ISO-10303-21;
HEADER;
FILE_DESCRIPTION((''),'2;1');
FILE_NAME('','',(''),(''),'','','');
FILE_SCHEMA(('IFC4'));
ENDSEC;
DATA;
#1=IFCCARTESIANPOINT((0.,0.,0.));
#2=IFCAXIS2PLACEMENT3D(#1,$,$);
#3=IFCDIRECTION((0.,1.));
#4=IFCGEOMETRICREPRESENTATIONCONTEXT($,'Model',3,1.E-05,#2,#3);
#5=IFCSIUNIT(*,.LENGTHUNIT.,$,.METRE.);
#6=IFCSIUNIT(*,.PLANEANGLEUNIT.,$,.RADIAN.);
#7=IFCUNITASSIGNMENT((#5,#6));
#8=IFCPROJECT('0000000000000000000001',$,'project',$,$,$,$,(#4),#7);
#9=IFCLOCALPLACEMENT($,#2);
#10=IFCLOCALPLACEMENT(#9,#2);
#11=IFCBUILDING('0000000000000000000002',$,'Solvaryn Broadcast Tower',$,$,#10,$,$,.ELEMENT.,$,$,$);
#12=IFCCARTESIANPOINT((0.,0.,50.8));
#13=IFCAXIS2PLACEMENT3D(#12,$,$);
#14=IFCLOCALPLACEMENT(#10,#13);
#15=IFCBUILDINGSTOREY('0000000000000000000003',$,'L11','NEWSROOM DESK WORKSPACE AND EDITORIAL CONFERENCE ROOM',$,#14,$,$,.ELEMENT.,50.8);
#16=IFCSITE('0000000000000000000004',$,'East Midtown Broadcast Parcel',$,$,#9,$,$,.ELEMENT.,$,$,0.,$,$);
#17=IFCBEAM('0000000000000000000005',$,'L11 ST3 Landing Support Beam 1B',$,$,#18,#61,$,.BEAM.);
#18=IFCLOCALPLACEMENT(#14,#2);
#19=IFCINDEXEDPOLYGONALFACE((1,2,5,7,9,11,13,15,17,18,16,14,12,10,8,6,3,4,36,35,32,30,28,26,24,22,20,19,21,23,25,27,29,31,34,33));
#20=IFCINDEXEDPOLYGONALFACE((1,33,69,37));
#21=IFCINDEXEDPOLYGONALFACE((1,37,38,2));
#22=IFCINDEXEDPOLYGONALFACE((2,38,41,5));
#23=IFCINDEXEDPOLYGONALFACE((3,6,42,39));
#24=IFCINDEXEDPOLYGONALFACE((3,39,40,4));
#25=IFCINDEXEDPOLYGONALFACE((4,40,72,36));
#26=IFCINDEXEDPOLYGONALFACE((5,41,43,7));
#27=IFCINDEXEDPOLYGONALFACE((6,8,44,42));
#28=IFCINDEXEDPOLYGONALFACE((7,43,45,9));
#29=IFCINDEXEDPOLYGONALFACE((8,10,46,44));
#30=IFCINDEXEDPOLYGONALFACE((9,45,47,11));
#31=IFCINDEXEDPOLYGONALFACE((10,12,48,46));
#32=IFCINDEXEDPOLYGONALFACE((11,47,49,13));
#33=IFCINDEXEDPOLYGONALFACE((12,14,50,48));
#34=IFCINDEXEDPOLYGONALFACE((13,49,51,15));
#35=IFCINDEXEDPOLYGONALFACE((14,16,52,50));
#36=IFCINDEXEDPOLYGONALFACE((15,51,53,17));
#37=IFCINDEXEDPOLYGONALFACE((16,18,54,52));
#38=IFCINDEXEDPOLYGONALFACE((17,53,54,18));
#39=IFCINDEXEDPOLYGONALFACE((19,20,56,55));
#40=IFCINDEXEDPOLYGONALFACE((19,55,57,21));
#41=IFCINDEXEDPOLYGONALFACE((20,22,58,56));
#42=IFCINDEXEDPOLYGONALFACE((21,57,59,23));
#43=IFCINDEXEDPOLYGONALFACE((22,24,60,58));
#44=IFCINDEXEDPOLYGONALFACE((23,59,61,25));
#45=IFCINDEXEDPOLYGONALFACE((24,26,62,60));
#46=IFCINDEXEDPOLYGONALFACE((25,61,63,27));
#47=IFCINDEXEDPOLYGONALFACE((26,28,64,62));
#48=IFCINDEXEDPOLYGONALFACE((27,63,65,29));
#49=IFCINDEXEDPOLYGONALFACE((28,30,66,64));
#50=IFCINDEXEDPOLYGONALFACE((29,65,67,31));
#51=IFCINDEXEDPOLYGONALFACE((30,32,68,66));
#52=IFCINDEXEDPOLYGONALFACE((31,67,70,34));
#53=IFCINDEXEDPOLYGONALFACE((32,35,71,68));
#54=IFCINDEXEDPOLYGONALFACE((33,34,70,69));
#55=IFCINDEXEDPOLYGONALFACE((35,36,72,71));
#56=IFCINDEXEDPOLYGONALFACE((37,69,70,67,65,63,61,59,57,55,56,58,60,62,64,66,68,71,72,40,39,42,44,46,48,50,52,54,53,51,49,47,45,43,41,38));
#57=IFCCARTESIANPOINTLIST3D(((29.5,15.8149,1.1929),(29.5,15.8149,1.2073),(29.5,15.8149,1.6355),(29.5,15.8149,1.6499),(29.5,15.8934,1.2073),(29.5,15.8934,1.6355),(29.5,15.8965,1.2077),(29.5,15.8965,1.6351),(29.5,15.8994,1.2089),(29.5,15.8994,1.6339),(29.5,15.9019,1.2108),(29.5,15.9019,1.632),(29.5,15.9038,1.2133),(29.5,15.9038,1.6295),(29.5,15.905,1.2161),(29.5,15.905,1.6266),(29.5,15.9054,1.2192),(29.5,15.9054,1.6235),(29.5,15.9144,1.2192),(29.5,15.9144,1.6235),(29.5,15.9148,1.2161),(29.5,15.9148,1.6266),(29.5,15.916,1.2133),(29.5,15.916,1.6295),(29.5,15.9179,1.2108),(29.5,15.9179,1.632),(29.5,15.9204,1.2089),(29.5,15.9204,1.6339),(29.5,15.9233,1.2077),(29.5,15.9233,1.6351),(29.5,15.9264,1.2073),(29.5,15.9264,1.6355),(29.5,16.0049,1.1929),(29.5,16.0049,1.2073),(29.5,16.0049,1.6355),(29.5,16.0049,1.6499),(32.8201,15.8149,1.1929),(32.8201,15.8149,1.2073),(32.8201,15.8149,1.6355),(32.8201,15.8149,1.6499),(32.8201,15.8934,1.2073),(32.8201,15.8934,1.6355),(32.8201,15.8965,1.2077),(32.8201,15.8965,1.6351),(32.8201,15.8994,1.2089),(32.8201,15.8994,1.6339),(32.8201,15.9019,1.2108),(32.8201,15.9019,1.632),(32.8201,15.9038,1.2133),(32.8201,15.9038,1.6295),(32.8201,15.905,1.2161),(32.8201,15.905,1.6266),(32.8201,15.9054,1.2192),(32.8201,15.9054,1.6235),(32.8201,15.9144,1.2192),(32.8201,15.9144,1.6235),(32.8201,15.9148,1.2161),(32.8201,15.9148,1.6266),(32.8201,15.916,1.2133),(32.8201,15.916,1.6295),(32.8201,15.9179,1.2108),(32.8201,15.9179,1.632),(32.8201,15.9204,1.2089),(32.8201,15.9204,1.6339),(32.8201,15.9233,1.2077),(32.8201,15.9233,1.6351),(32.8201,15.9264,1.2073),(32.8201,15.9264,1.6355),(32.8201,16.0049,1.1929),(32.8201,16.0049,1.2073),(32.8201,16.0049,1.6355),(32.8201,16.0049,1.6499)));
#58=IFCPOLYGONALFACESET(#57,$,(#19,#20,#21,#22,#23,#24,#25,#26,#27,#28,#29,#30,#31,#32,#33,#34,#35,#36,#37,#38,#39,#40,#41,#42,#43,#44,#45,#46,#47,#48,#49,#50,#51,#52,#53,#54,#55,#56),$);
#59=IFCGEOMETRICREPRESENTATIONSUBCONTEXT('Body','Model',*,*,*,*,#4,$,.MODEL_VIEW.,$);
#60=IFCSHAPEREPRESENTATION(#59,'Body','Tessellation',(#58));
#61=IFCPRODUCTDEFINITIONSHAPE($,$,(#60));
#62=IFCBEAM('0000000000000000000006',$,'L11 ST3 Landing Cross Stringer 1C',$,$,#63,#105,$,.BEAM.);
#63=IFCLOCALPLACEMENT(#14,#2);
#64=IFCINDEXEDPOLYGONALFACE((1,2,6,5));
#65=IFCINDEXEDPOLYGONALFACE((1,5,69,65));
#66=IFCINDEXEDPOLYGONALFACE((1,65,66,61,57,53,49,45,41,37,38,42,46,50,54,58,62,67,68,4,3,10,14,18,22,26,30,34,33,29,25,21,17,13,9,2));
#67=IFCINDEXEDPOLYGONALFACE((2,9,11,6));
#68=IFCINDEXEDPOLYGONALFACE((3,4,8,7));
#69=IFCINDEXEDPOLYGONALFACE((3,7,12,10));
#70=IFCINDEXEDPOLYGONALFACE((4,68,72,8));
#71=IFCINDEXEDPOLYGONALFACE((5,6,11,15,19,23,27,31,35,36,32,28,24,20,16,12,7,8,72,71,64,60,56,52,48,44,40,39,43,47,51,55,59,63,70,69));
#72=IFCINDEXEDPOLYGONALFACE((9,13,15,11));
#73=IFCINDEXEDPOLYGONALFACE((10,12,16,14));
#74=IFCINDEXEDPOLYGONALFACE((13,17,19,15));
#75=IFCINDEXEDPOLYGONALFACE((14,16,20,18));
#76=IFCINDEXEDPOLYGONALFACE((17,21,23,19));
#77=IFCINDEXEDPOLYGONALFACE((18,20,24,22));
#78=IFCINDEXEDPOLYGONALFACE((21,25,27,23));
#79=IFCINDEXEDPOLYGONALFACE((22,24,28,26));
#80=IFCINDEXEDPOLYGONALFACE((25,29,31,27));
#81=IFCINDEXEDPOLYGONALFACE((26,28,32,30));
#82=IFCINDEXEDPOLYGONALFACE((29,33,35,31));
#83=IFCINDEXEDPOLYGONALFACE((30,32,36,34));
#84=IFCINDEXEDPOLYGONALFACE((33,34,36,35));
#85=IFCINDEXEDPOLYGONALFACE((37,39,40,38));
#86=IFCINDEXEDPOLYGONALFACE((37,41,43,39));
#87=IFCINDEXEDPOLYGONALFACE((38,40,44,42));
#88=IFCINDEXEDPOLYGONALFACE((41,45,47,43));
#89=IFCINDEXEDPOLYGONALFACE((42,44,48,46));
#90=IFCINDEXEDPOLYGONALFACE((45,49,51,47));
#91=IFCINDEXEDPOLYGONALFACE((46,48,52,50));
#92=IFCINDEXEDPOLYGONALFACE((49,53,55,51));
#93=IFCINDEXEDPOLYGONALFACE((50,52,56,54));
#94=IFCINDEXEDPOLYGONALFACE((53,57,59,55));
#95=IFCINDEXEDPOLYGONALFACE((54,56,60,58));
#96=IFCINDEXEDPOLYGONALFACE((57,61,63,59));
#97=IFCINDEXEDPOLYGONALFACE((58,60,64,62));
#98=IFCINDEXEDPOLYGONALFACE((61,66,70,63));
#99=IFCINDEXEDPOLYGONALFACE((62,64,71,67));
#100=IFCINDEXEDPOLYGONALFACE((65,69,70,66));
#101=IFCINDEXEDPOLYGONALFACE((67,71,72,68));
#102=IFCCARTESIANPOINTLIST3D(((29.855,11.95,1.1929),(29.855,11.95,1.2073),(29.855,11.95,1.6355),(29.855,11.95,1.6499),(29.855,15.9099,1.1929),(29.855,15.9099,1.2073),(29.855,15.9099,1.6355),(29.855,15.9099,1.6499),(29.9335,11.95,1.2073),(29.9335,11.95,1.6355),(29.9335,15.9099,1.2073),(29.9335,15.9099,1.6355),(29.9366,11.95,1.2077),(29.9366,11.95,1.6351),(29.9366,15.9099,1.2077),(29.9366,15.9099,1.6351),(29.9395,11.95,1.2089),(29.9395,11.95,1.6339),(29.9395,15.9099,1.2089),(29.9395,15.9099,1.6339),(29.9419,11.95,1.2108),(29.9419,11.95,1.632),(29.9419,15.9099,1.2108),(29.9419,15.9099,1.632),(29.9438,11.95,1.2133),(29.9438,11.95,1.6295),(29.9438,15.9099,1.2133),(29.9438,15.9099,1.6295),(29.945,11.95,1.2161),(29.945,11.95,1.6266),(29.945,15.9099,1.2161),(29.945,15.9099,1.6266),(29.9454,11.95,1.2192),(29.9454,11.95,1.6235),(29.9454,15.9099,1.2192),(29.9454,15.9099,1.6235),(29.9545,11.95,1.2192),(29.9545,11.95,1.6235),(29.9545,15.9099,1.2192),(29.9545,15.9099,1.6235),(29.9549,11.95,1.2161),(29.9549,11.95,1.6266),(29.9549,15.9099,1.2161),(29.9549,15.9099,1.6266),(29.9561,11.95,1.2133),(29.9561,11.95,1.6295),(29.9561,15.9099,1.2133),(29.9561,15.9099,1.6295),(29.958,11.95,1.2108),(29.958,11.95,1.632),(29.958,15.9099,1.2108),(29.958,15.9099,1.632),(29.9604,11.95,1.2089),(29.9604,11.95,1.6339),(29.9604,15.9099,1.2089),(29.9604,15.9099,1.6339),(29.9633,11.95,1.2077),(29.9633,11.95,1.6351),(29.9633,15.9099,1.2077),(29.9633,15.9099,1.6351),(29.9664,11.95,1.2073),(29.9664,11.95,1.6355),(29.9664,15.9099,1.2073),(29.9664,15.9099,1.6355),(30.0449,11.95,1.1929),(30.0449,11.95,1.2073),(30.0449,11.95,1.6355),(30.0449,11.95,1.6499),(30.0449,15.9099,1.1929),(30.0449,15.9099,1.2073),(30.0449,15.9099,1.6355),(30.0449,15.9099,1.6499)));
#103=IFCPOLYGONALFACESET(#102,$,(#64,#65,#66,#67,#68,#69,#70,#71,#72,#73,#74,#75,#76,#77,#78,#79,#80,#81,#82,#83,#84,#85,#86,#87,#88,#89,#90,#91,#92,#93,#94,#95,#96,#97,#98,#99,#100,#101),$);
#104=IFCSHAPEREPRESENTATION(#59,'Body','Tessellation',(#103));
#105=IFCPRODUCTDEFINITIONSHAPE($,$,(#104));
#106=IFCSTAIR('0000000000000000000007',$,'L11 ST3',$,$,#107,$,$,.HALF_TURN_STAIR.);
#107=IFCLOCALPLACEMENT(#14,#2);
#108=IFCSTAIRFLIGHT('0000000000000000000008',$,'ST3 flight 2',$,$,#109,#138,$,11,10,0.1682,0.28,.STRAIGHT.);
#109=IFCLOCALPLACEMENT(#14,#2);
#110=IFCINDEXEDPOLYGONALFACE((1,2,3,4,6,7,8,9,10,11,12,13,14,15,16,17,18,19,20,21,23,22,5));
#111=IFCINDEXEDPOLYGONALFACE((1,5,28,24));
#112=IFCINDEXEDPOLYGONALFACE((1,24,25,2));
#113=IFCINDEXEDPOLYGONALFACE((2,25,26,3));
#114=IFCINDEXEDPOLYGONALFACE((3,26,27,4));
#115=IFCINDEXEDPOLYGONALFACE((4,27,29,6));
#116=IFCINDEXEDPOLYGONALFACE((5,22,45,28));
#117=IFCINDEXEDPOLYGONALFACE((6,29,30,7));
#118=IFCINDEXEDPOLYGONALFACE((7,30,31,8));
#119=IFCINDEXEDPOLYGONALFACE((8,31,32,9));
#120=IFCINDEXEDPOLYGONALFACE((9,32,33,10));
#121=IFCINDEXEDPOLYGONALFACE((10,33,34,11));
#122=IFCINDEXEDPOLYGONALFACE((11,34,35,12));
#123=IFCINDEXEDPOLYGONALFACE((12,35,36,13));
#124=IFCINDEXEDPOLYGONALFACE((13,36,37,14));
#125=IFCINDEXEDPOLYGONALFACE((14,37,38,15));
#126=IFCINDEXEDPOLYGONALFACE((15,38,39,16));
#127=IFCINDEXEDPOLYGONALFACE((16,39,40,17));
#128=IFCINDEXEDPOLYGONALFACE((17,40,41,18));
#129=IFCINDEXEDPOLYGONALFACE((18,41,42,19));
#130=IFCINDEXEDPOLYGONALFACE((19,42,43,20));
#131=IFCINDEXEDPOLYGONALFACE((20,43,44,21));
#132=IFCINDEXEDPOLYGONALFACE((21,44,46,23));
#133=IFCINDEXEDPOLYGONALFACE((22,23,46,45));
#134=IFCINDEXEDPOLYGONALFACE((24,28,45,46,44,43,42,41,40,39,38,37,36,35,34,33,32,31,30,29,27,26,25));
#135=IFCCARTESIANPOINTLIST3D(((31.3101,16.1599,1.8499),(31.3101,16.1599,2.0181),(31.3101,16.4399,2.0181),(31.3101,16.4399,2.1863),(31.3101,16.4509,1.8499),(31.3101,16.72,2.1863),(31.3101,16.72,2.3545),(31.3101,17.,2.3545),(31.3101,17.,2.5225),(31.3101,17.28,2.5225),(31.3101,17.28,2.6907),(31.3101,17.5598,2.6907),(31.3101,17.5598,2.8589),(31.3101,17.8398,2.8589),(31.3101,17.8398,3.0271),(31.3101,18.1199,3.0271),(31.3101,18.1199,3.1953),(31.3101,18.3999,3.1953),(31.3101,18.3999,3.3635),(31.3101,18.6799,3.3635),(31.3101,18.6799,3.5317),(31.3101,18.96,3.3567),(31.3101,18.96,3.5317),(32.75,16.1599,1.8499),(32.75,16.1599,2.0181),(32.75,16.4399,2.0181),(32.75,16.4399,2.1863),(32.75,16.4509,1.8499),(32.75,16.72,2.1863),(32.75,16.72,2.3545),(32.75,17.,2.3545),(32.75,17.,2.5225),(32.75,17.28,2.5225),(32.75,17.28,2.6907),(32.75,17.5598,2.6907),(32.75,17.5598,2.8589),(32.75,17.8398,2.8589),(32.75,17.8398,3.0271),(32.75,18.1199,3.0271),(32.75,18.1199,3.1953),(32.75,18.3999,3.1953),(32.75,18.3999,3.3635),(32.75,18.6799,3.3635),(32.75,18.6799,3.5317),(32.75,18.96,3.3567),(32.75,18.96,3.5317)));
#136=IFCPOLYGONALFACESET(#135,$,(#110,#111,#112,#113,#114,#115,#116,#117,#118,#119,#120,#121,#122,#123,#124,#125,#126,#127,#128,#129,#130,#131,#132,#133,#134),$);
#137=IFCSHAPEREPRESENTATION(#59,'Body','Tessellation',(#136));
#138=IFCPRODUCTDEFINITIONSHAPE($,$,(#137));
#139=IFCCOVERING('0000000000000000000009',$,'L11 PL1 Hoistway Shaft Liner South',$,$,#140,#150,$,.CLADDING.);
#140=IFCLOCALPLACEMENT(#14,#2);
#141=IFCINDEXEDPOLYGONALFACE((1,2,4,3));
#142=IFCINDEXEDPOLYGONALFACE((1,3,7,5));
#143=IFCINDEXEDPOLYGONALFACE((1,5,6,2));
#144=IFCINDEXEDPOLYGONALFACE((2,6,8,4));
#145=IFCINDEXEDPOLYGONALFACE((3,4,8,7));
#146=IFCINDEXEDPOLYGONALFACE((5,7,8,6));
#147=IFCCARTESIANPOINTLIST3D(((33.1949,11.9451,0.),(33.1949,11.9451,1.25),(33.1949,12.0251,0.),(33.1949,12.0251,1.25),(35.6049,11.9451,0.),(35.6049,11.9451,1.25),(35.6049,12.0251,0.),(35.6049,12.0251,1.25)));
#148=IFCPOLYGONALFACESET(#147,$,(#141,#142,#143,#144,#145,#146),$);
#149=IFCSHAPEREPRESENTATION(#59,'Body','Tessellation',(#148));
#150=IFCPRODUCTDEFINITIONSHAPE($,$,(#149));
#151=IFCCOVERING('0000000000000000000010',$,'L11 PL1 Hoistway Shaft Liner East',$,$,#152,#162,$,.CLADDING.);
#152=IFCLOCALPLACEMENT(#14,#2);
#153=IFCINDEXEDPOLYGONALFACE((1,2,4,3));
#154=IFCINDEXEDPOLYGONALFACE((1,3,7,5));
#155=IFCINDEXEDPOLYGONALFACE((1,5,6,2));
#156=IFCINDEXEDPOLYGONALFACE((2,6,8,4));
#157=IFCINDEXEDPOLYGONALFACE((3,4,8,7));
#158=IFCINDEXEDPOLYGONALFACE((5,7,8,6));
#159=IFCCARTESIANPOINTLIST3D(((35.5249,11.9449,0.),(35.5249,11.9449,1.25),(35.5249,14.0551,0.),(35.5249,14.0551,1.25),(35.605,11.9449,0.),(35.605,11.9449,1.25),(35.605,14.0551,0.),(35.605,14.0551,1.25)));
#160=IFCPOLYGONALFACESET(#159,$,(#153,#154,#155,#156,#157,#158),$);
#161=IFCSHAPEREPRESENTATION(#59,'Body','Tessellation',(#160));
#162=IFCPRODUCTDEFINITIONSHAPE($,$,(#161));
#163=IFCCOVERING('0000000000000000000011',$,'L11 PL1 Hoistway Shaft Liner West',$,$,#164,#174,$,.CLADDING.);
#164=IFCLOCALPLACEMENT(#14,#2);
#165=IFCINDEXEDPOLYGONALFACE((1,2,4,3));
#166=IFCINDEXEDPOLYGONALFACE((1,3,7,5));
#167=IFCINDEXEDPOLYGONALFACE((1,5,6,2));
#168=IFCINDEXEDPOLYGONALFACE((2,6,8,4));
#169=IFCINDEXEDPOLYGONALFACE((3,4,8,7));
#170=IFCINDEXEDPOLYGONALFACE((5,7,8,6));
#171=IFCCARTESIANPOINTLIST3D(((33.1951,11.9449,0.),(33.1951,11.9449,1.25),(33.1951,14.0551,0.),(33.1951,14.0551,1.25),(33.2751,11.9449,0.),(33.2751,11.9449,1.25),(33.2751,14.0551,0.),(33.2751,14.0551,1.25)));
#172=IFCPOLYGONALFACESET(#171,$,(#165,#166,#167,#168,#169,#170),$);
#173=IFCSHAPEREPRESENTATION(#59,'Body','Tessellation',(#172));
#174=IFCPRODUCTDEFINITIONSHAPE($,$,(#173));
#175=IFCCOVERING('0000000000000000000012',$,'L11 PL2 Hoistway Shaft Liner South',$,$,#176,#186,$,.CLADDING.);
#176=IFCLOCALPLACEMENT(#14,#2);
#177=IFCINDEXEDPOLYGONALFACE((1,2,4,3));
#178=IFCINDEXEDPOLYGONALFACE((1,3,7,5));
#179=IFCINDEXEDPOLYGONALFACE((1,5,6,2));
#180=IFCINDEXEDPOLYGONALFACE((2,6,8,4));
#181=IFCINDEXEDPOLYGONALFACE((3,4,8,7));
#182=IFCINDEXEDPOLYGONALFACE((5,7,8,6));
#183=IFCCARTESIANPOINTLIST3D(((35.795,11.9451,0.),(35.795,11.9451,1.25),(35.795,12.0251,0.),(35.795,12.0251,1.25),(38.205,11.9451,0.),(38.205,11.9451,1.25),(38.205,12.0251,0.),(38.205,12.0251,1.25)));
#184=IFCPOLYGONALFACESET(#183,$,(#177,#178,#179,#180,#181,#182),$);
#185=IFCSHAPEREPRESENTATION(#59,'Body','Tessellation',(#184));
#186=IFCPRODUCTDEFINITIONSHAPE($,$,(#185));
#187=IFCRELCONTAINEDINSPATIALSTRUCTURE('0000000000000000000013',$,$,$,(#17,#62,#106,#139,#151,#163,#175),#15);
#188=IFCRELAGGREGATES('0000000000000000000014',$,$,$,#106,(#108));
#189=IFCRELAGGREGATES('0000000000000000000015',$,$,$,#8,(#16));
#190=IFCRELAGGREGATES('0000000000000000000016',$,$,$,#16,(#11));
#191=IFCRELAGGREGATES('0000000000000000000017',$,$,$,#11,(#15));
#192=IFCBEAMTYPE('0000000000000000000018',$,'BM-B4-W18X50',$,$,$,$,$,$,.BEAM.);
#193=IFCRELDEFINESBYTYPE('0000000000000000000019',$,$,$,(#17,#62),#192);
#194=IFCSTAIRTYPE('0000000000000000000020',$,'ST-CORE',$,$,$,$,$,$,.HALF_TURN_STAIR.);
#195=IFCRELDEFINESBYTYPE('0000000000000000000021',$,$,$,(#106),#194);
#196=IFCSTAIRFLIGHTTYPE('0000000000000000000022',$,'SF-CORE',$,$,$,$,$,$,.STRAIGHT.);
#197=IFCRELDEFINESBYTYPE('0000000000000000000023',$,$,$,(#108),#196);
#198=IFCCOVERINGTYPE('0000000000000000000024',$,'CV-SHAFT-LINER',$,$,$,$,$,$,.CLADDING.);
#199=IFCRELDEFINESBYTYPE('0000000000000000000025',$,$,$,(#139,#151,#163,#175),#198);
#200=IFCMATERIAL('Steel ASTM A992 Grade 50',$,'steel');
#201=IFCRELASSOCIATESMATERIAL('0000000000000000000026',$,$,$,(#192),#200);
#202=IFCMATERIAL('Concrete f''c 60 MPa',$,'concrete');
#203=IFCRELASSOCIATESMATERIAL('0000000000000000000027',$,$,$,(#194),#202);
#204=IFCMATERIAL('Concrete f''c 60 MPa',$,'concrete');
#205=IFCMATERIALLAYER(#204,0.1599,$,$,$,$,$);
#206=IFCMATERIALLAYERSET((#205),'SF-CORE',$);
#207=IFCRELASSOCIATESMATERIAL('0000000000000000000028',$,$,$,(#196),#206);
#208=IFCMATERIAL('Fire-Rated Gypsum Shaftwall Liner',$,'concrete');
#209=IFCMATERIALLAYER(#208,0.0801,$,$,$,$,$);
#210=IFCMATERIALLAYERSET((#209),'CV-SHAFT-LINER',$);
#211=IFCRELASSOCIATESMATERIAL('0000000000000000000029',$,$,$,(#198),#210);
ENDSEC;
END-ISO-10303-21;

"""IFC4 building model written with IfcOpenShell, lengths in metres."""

from ifc_helpers import new_model, si_unit, direction, frame, origin, origin_2d, place, context, subcontext, project, spatial, polyline, rectangle, i_section, outline, extrude, material, layer, layer_set, material_profile, profile_set, type_object, element, aggregate, save


model = new_model("IFC4")

# Units and contexts
model_context = context("Model", 3, precision=1e-05, world=origin(), true_north=direction((0.0, 1.0)))
body_context = subcontext(model_context, "Body", "Model", "MODEL_VIEW")
ifc_project = project(units=[si_unit("LENGTHUNIT", "METRE"), si_unit("PLANEANGLEUNIT", "RADIAN")], contexts=[model_context])

# Site, building, storey
site_placement = place(None, origin())
site = spatial("IfcSite", under=ifc_project, at=site_placement, Name="East Midtown Broadcast Parcel", CompositionType="ELEMENT", RefElevation=0.0)
building_placement = place(site_placement, origin())
building = spatial("IfcBuilding", under=site, at=building_placement, Name="Solvaryn Broadcast Tower", CompositionType="ELEMENT")
storey_placement = place(building_placement, frame((0.0, 0.0, 50.8)))
storey = spatial("IfcBuildingStorey", under=building, at=storey_placement, Name="L11", Description="NEWSROOM DESK WORKSPACE AND EDITORIAL CONFERENCE ROOM", CompositionType="ELEMENT", Elevation=50.8)

# Beams
ifc_material_1 = material(Name="Steel ASTM A992 Grade 50", Category="steel")
ifc_material_profile_1 = material_profile(ifc_material_1, i_section(OverallWidth=0.1899, OverallDepth=0.457, WebThickness=0.009, FlangeThickness=0.0144, FilletRadius=0.012, at=origin_2d()))
ifc_profile_set_1 = profile_set([ifc_material_profile_1], Name="Steel ASTM A992 Grade 50")
beam_type_1 = type_object("IfcBeamType", Name="BM-B4-W18X50", PredefinedType="BEAM", material=ifc_profile_set_1)
beam_1_placement = place(storey_placement, frame((29.5, 15.9099, 1.4214), z_axis=(1.0, 0.0, 0.0), x_axis=(0.0, 1.0, 0.0)))
element("IfcBeam", 1, at=beam_1_placement, inside=storey, type_object=beam_type_1, Name="L11 ST3 Landing Support Beam 1B", PredefinedType="BEAM", context=body_context, shape_type="SweptSolid", body=[
    extrude(i_section(OverallWidth=0.1899, OverallDepth=0.457, WebThickness=0.009, FlangeThickness=0.0144, FilletRadius=0.012, at=origin_2d()), origin(), (0.0, 0.0, 1.0), 3.3201),
])
beam_2_placement = place(storey_placement, frame((29.95, 11.95, 1.4214), z_axis=(0.0, 1.0, 0.0), x_axis=(-1.0, 0.0, 0.0)))
element("IfcBeam", 2, at=beam_2_placement, inside=storey, type_object=beam_type_1, Name="L11 ST3 Landing Cross Stringer 1C", PredefinedType="BEAM", context=body_context, shape_type="SweptSolid", body=[
    extrude(i_section(OverallWidth=0.1899, OverallDepth=0.457, WebThickness=0.009, FlangeThickness=0.0144, FilletRadius=0.012, at=origin_2d()), origin(), (0.0, 0.0, 1.0), 3.96),
])

# Stair, stair flight
ifc_material_2 = material(Name="Concrete f'c 60 MPa", Category="concrete")
stair_type = type_object("IfcStairType", Name="ST-CORE", PredefinedType="HALF_TURN_STAIR", material=ifc_material_2)
stair_placement = place(storey_placement, origin())
stair = element("IfcStair", 3, at=stair_placement, inside=storey, type_object=stair_type, Name="L11 ST3", PredefinedType="HALF_TURN_STAIR")
ifc_material_3 = material(Name="Concrete f'c 60 MPa", Category="concrete")
ifc_layer_1 = layer(ifc_material_3, 0.1599)
ifc_layer_set_1 = layer_set([ifc_layer_1], Name="SF-CORE")
stair_flight_type = type_object("IfcStairFlightType", Name="SF-CORE", PredefinedType="STRAIGHT", material=ifc_layer_set_1)
stair_flight_placement = place(storey_placement, frame((32.03, 16.1599, 1.8499), z_axis=(0.0, 0.0, 1.0), x_axis=(0.0, 1.0, 0.0)))
stair_flight = element("IfcStairFlight", 4, at=stair_flight_placement, type_object=stair_flight_type, Name="ST3 flight 2", NumberOfRisers=11, NumberOfTreads=10, PredefinedType="STRAIGHT", RiserHeight=0.1682, TreadLength=0.28, context=body_context, shape_type="SweptSolid", body=[
    extrude(outline(polyline([(0.0, 0.0), (0.0, 0.1682), (0.28, 0.1682), (0.28, 0.3364), (0.5601, 0.3364), (0.5601, 0.5046), (0.8401, 0.5046), (0.8401, 0.6726), (1.1201, 0.6726), (1.1201, 0.8408), (1.3999, 0.8408), (1.3999, 1.009), (1.6799, 1.009), (1.6799, 1.1772), (1.96, 1.1772), (1.96, 1.3455), (2.24, 1.3455), (2.24, 1.5137), (2.52, 1.5137), (2.52, 1.6819), (2.8, 1.6819), (2.8, 1.8501), (2.8, 1.5068), (0.291, 0.0), (0.0, 0.0)])), frame((0.0, 0.72, 0.0), z_axis=(0.0, -1.0, 0.0), x_axis=(1.0, 0.0, 0.0)), (0.0, 0.0, 1.0), 1.4399),
])
aggregate(stair, [stair_flight])

# Coverings
ifc_material_4 = material(Name="Fire-Rated Gypsum Shaftwall Liner", Category="concrete")
ifc_layer_2 = layer(ifc_material_4, 0.0801)
ifc_layer_set_2 = layer_set([ifc_layer_2], Name="CV-SHAFT-LINER")
covering_type = type_object("IfcCoveringType", Name="CV-SHAFT-LINER", PredefinedType="CLADDING", material=ifc_layer_set_2)
covering_1_placement = place(storey_placement, frame((34.3999, 11.9851, 0.0), z_axis=(0.0, 0.0, 1.0), x_axis=(1.0, 0.0, 0.0)))
element("IfcCovering", 5, at=covering_1_placement, inside=storey, type_object=covering_type, Name="L11 PL1 Hoistway Shaft Liner South", PredefinedType="CLADDING", context=body_context, shape_type="SweptSolid", body=[
    extrude(rectangle(XDim=2.4099, YDim=0.0801, at=origin_2d()), origin(), (0.0, 0.0, 1.0), 1.25),
])
for number, where, z_axis, x_axis, name in (
    (6, (35.5649, 13.0, 0.0), (0.0, 0.0, 1.0), (1.0, 0.0, 0.0), "L11 PL1 Hoistway Shaft Liner East"),
    (7, (33.2351, 13.0, 0.0), (0.0, 0.0, 1.0), (1.0, 0.0, 0.0), "L11 PL1 Hoistway Shaft Liner West"),
):
    element("IfcCovering", number, at=place(storey_placement, frame(where, z_axis=z_axis, x_axis=x_axis)), inside=storey, type_object=covering_type, Name=name, PredefinedType="CLADDING", context=body_context, shape_type="SweptSolid", body=[
        extrude(rectangle(XDim=0.0801, YDim=2.1101, at=origin_2d()), origin(), (0.0, 0.0, 1.0), 1.25),
    ])
covering_2_placement = place(storey_placement, frame((37.0, 11.9851, 0.0), z_axis=(0.0, 0.0, 1.0), x_axis=(1.0, 0.0, 0.0)))
element("IfcCovering", 8, at=covering_2_placement, inside=storey, type_object=covering_type, Name="L11 PL2 Hoistway Shaft Liner South", PredefinedType="CLADDING", context=body_context, shape_type="SweptSolid", body=[
    extrude(rectangle(XDim=2.4099, YDim=0.0801, at=origin_2d()), origin(), (0.0, 0.0, 1.0), 1.25),
])

save(model, "model.ifc")
